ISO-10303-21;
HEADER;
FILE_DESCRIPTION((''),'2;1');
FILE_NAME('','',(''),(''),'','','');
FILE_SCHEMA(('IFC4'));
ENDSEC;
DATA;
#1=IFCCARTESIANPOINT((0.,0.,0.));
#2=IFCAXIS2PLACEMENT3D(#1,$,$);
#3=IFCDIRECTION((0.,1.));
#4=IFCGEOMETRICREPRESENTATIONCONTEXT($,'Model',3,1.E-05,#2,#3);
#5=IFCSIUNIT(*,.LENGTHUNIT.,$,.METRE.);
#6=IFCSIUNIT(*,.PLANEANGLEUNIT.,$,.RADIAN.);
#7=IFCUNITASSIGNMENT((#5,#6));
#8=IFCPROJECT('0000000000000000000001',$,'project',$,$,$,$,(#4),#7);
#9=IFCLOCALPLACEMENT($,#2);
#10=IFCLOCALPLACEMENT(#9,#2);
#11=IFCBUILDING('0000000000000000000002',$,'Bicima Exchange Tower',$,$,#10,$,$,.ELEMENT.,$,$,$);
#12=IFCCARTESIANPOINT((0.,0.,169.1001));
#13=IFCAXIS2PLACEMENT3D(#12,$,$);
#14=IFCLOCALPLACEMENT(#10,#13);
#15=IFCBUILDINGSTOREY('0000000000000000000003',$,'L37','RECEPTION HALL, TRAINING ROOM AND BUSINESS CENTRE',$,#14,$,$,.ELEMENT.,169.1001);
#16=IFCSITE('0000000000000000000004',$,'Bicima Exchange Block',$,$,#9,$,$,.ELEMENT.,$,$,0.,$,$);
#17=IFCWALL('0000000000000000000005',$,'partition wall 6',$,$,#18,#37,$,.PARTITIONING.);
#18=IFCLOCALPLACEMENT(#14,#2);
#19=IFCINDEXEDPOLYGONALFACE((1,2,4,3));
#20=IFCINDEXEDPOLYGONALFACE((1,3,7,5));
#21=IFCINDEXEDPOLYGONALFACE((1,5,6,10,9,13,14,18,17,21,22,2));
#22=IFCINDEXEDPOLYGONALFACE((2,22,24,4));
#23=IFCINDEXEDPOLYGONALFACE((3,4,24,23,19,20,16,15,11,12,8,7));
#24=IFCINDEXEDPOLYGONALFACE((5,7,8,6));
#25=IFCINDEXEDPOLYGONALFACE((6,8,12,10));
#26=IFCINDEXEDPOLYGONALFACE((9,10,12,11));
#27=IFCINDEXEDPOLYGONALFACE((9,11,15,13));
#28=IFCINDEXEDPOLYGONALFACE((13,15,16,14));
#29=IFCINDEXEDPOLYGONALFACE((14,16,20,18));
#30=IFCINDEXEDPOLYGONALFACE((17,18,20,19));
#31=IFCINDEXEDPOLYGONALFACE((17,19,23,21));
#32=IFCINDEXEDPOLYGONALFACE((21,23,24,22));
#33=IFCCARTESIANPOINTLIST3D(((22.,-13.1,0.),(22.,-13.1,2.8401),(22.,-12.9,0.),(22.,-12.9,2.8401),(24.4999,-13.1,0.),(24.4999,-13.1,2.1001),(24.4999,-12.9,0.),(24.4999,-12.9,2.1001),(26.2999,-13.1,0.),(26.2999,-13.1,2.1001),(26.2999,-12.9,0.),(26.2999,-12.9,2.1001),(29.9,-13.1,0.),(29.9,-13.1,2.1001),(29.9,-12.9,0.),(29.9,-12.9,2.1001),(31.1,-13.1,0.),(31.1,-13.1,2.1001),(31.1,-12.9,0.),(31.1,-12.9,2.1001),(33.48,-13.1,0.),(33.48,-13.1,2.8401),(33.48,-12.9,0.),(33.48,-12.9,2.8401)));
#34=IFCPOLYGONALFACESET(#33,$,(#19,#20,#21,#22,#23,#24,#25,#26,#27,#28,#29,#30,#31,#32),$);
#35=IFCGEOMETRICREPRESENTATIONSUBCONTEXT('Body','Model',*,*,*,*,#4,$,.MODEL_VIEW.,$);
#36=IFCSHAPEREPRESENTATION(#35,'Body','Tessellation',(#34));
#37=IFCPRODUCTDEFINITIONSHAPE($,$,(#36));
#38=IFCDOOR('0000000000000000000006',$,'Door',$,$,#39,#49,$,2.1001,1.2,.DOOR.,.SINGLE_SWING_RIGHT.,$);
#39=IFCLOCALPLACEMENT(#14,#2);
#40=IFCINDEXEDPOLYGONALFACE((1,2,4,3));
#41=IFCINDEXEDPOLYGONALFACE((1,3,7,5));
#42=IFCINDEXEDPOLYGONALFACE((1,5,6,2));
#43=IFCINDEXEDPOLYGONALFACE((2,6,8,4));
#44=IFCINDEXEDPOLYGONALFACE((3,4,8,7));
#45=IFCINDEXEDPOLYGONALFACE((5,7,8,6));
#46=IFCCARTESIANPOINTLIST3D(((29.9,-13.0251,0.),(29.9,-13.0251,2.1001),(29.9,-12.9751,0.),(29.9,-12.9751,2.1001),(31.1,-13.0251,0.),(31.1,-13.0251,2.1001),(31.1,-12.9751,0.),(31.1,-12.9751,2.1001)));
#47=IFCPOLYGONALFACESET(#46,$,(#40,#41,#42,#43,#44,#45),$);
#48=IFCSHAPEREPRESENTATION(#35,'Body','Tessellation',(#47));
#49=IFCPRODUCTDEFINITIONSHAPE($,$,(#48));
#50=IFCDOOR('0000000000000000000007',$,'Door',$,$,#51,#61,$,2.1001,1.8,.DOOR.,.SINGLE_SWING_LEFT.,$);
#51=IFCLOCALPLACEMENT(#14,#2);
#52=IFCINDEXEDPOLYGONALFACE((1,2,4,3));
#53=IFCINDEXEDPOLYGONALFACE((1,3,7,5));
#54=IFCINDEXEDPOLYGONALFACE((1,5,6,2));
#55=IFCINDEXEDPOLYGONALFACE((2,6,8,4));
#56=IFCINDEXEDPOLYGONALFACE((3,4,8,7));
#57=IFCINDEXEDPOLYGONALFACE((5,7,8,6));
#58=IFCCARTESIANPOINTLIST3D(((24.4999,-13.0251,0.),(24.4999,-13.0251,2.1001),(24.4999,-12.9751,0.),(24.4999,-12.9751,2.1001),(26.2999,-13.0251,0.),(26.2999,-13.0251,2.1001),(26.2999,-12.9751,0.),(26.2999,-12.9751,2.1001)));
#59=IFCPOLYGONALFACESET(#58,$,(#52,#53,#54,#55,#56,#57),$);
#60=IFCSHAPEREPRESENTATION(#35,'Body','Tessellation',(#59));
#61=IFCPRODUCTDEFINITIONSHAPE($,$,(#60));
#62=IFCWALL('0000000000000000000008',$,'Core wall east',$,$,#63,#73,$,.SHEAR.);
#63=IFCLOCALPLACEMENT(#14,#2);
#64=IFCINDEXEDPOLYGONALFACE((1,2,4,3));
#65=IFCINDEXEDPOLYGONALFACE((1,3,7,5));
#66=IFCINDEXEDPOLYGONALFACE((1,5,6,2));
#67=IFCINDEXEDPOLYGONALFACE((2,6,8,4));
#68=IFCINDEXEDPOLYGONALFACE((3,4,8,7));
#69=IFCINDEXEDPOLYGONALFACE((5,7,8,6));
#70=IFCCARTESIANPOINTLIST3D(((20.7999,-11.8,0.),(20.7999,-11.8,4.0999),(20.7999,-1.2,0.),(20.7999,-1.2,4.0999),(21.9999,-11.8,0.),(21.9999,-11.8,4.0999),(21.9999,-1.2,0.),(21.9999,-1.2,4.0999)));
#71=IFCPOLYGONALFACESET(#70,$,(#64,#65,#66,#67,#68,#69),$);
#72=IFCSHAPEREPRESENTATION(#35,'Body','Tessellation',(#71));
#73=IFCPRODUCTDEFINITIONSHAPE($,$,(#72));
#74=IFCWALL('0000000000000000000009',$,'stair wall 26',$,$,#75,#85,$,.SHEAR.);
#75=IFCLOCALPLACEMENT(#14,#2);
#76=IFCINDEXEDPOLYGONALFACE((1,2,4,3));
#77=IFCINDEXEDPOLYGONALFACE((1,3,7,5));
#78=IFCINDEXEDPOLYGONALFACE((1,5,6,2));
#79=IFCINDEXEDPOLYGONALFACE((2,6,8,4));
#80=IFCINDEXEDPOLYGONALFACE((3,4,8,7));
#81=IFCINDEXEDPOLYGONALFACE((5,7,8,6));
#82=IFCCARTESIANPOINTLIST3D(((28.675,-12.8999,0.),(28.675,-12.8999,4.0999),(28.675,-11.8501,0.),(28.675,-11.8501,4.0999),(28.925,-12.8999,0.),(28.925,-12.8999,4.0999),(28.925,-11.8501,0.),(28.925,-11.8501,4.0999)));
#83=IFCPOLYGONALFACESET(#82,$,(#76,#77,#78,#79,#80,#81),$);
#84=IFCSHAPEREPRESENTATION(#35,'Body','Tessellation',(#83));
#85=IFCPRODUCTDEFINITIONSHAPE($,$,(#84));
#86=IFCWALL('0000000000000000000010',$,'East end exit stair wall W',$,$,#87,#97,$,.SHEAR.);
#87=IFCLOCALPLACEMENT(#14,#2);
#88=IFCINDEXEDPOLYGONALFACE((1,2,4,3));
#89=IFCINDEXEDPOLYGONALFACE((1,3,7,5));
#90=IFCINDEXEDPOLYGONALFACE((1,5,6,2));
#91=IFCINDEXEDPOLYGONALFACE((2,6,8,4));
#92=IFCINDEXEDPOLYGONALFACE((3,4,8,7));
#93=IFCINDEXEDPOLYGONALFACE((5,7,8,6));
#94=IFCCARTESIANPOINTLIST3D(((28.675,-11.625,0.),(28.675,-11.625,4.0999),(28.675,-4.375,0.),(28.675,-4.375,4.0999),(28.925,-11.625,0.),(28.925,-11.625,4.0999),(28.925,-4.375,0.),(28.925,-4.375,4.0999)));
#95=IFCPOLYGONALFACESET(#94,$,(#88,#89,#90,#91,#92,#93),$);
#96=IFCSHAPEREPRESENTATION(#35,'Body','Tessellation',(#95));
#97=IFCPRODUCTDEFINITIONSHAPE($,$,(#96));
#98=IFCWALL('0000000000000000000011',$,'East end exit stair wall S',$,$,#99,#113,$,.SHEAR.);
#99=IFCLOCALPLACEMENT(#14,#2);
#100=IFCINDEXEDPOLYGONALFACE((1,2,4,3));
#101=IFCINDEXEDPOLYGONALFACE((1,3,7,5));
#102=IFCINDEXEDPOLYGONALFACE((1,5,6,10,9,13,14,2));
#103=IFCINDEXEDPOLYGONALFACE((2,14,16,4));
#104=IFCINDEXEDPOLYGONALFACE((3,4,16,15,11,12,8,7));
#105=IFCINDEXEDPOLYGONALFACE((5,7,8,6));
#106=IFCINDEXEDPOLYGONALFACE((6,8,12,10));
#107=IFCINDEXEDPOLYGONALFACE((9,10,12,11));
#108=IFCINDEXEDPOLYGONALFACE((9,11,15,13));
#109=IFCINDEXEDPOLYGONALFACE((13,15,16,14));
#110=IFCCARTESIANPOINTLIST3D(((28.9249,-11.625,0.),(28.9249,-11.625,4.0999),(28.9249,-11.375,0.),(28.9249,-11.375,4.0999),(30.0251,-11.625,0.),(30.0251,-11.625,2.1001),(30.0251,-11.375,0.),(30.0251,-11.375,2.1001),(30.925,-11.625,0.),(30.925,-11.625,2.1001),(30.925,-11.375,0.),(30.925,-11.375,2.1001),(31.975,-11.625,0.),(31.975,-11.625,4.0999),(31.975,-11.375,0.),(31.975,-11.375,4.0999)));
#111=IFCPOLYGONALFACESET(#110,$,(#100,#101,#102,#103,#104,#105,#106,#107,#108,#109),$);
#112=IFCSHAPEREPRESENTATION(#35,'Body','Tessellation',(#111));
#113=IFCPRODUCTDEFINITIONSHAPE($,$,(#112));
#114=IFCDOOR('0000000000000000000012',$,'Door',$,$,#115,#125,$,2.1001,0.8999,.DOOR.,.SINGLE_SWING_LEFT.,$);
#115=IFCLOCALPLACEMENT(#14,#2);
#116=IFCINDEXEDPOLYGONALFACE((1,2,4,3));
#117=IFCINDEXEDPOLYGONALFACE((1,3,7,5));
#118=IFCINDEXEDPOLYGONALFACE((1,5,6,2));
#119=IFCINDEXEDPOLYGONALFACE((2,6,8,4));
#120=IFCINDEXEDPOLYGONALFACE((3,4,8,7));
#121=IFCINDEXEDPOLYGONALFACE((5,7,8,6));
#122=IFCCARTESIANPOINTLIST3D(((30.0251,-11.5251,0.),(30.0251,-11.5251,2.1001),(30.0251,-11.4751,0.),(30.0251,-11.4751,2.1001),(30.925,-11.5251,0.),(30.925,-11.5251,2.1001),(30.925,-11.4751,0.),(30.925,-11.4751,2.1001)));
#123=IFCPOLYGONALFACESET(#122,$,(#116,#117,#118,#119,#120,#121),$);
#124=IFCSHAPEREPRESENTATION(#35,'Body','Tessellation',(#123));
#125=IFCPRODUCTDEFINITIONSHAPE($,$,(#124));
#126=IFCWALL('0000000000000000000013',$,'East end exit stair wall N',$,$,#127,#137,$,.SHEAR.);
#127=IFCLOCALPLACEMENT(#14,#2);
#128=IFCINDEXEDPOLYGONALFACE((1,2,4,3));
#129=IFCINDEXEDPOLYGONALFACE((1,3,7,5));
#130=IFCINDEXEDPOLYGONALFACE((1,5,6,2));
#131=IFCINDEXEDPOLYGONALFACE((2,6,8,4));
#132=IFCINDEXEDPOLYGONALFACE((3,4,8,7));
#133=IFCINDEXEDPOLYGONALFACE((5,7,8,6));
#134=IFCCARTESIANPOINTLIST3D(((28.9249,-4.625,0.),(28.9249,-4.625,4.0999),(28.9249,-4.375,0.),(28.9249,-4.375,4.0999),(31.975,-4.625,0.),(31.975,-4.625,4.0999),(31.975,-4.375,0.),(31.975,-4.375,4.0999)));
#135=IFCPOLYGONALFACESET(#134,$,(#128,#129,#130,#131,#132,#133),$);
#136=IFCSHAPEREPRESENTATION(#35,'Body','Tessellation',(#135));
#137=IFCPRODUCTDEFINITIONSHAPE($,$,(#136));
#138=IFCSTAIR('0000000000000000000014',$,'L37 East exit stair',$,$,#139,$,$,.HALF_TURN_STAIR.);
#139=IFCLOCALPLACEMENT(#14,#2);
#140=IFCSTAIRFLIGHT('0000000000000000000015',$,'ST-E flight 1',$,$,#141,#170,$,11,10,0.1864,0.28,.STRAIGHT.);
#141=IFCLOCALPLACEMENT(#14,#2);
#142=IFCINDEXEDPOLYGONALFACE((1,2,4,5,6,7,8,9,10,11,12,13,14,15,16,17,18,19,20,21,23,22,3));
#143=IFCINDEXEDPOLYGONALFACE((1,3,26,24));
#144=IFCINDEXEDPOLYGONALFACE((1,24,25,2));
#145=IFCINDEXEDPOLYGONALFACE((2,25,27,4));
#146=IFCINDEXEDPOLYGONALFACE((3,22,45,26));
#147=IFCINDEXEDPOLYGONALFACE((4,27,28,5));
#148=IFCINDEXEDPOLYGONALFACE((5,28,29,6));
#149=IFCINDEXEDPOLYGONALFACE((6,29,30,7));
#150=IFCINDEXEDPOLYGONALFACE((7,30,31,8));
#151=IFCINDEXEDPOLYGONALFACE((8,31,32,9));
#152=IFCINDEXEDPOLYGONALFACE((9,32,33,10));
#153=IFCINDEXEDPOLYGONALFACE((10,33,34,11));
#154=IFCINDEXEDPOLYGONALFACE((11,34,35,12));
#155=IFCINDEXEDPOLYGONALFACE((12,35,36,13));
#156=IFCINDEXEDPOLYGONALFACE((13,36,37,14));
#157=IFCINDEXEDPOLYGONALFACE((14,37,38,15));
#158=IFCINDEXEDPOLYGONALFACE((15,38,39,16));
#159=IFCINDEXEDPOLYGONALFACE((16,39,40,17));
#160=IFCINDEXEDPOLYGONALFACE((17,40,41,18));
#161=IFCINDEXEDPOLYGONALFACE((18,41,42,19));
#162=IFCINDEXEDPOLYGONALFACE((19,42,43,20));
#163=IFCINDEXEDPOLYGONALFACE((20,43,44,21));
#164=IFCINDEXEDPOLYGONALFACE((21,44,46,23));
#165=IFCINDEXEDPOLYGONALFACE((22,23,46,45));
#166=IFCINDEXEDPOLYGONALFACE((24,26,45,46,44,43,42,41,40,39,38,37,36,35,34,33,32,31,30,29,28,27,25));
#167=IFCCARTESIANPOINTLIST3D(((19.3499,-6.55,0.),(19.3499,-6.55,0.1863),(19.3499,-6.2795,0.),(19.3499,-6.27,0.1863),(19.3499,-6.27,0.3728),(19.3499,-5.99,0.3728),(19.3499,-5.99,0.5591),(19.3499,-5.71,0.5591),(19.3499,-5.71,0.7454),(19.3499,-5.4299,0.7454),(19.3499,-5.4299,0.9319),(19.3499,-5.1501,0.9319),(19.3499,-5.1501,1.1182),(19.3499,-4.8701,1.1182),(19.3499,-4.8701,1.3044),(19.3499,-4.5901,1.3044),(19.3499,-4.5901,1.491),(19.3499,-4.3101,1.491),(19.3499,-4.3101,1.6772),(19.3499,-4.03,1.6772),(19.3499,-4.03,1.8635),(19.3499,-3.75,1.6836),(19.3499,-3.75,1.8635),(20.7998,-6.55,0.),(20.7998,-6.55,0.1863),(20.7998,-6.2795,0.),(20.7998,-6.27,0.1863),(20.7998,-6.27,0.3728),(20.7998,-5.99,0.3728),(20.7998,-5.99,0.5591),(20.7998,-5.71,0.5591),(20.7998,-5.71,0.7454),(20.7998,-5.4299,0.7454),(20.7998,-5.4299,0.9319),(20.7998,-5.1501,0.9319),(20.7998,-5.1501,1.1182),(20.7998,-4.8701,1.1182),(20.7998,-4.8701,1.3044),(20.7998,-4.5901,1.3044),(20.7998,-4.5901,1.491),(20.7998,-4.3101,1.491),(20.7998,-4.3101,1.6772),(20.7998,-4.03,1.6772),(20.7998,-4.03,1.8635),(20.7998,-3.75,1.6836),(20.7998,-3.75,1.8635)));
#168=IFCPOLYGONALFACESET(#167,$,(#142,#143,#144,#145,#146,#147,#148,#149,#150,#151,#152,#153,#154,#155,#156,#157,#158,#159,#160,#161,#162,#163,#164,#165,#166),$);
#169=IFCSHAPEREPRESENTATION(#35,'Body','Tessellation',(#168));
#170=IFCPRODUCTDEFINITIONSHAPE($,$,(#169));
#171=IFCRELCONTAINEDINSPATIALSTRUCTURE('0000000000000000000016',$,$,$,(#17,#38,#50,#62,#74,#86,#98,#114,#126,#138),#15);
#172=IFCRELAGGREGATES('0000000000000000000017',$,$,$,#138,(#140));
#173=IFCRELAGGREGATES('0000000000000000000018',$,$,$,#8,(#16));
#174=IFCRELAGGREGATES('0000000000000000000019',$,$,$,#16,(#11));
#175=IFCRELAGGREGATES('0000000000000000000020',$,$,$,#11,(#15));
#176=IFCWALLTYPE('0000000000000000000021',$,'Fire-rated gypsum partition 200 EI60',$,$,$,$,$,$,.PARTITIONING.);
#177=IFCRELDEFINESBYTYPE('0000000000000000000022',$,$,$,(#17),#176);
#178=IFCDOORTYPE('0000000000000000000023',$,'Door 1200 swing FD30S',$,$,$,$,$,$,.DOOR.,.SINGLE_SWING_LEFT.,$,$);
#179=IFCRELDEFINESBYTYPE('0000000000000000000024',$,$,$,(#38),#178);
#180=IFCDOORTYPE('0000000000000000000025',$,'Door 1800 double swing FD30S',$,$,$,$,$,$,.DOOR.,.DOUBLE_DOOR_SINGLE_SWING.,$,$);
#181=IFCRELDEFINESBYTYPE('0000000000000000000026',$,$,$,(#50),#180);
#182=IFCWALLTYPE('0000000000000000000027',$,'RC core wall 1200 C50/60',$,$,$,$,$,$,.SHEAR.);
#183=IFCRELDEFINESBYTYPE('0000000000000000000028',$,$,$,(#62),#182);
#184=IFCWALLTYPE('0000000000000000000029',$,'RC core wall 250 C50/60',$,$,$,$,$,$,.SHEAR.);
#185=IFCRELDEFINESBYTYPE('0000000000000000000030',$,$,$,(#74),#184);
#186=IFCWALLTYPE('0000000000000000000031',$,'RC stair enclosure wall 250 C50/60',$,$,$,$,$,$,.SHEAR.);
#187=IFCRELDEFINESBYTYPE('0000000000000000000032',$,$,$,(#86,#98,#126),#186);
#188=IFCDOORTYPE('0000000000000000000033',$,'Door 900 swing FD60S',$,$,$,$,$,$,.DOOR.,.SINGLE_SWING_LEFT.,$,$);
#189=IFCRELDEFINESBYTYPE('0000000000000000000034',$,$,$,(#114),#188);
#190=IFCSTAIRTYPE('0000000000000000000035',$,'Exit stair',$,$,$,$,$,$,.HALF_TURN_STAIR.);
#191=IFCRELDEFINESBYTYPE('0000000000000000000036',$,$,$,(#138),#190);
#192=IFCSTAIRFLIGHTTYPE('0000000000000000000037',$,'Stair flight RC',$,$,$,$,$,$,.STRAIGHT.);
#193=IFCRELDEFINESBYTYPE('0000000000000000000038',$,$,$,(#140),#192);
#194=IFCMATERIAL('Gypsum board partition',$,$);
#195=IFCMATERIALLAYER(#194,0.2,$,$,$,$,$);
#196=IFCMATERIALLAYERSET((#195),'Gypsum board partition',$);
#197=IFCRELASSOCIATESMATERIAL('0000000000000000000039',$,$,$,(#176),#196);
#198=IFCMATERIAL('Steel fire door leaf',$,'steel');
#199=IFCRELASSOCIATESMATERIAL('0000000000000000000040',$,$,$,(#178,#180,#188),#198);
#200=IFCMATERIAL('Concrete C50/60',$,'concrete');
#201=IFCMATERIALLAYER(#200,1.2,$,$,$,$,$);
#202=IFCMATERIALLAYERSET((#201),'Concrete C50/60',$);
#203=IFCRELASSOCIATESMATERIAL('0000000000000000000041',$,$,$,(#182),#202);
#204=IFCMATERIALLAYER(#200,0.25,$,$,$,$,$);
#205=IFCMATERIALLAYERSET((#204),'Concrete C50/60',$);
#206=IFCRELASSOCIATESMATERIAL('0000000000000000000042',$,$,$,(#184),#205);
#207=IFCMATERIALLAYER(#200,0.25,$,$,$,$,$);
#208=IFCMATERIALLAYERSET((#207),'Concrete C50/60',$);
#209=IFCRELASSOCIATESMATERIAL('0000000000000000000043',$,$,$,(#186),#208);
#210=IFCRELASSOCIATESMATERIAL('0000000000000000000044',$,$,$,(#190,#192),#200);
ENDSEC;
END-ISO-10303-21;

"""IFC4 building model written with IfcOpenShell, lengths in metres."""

from ifc_helpers import new_model, si_unit, direction, frame, frame_2d, origin, place, context, subcontext, project, spatial, polyline, rectangle, outline, extrude, material, layer, layer_set, type_object, element, fill, aggregate, save


model = new_model("IFC4")

# Units and contexts
model_context = context("Model", 3, precision=1e-05, world=origin(), true_north=direction((0.0, 1.0)))
body_context = subcontext(model_context, "Body", "Model", "MODEL_VIEW")
ifc_project = project(units=[si_unit("LENGTHUNIT", "METRE"), si_unit("PLANEANGLEUNIT", "RADIAN")], contexts=[model_context])

# Site, building, storey
site_placement = place(None, origin())
site = spatial("IfcSite", under=ifc_project, at=site_placement, Name="Bicima Exchange Block", CompositionType="ELEMENT", RefElevation=0.0)
building_placement = place(site_placement, origin())
building = spatial("IfcBuilding", under=site, at=building_placement, Name="Bicima Exchange Tower", CompositionType="ELEMENT")
storey_placement = place(building_placement, frame((0.0, 0.0, 169.1001)))
storey = spatial("IfcBuildingStorey", under=building, at=storey_placement, Name="L37", Description="RECEPTION HALL, TRAINING ROOM AND BUSINESS CENTRE", CompositionType="ELEMENT", Elevation=169.1001)

# Wall, openings, doors
ifc_material_1 = material(Name="Gypsum board partition")
ifc_layer_1 = layer(ifc_material_1, 0.2)
ifc_layer_set_1 = layer_set([ifc_layer_1], Name="Gypsum board partition")
wall_type_1 = type_object("IfcWallType", Name="Fire-rated gypsum partition 200 EI60", PredefinedType="PARTITIONING", material=ifc_layer_set_1)
wall_1_placement = place(storey_placement, frame((22.0, -13.0, 0.0), z_axis=(0.0, 0.0, 1.0), x_axis=(1.0, 0.0, 0.0)))
wall_1 = element("IfcWall", 1, at=wall_1_placement, inside=storey, type_object=wall_type_1, Name="partition wall 6", PredefinedType="PARTITIONING", context=body_context, shape_type="SweptSolid", body=[
    extrude(rectangle(XDim=11.48, YDim=0.2, at=frame_2d((5.74, 0.0))), origin(), (0.0, 0.0, 1.0), 2.8401),
])
opening_1_placement = place(wall_1_placement, frame((7.8999, 0.0, 0.0)))
opening_1 = element("IfcOpeningElement", 2, at=opening_1_placement, cuts=wall_1, PredefinedType="OPENING", context=body_context, shape_type="SweptSolid", body=[
    extrude(rectangle(XDim=1.2, YDim=2.1001, at=frame_2d((0.6001, 1.05))), frame((0.0, 0.1118, 0.0), z_axis=(0.0, -1.0, 0.0), x_axis=(1.0, 0.0, 0.0)), (0.0, 0.0, 1.0), 0.2239),
])
opening_2_placement = place(wall_1_placement, frame((2.5, 0.0, 0.0)))
opening_2 = element("IfcOpeningElement", 3, at=opening_2_placement, cuts=wall_1, PredefinedType="OPENING", context=body_context, shape_type="SweptSolid", body=[
    extrude(rectangle(XDim=1.8, YDim=2.1001, at=frame_2d((0.8999, 1.05))), frame((0.0, 0.1118, 0.0), z_axis=(0.0, -1.0, 0.0), x_axis=(1.0, 0.0, 0.0)), (0.0, 0.0, 1.0), 0.2239),
])
ifc_material_2 = material(Name="Steel fire door leaf", Category="steel")
door_type_1 = type_object("IfcDoorType", Name="Door 1200 swing FD30S", OperationType="SINGLE_SWING_LEFT", PredefinedType="DOOR", material=ifc_material_2)
door_1_placement = place(opening_1_placement, origin())
door_1 = element("IfcDoor", 4, at=door_1_placement, inside=storey, type_object=door_type_1, Name="Door", OperationType="SINGLE_SWING_RIGHT", OverallHeight=2.1001, OverallWidth=1.2, PredefinedType="DOOR", context=body_context, shape_type="SweptSolid", body=[
    extrude(rectangle(XDim=1.2, YDim=2.1001, at=frame_2d((0.6001, 1.05))), frame((0.0, 0.0249, 0.0), z_axis=(0.0, -1.0, 0.0), x_axis=(1.0, 0.0, 0.0)), (0.0, 0.0, 1.0), 0.05),
])
fill(opening_1, door_1)
door_type_2 = type_object("IfcDoorType", Name="Door 1800 double swing FD30S", OperationType="DOUBLE_DOOR_SINGLE_SWING", PredefinedType="DOOR", material=ifc_material_2)
door_2_placement = place(opening_2_placement, origin())
door_2 = element("IfcDoor", 5, at=door_2_placement, inside=storey, type_object=door_type_2, Name="Door", OperationType="SINGLE_SWING_LEFT", OverallHeight=2.1001, OverallWidth=1.8, PredefinedType="DOOR", context=body_context, shape_type="SweptSolid", body=[
    extrude(rectangle(XDim=1.8, YDim=2.1001, at=frame_2d((0.8999, 1.05))), frame((0.0, 0.0249, 0.0), z_axis=(0.0, -1.0, 0.0), x_axis=(1.0, 0.0, 0.0)), (0.0, 0.0, 1.0), 0.05),
])
fill(opening_2, door_2)

# Walls
ifc_material_3 = material(Name="Concrete C50/60", Category="concrete")
ifc_layer_2 = layer(ifc_material_3, 1.2)
ifc_layer_set_2 = layer_set([ifc_layer_2], Name="Concrete C50/60")
wall_type_2 = type_object("IfcWallType", Name="RC core wall 1200 C50/60", PredefinedType="SHEAR", material=ifc_layer_set_2)
wall_2_placement = place(storey_placement, frame((21.3999, -11.8, 0.0), z_axis=(0.0, 0.0, 1.0), x_axis=(0.0, 1.0, 0.0)))
element("IfcWall", 6, at=wall_2_placement, inside=storey, type_object=wall_type_2, Name="Core wall east", PredefinedType="SHEAR", context=body_context, shape_type="SweptSolid", body=[
    extrude(rectangle(XDim=10.6001, YDim=1.2, at=frame_2d((5.3, 0.0))), origin(), (0.0, 0.0, 1.0), 4.0999),
])
ifc_layer_3 = layer(ifc_material_3, 0.25)
ifc_layer_set_3 = layer_set([ifc_layer_3], Name="Concrete C50/60")
wall_type_3 = type_object("IfcWallType", Name="RC core wall 250 C50/60", PredefinedType="SHEAR", material=ifc_layer_set_3)
wall_3_placement = place(storey_placement, frame((28.8, -12.8999, 0.0), z_axis=(0.0, 0.0, 1.0), x_axis=(0.0, 1.0, 0.0)))
element("IfcWall", 7, at=wall_3_placement, inside=storey, type_object=wall_type_3, Name="stair wall 26", PredefinedType="SHEAR", context=body_context, shape_type="SweptSolid", body=[
    extrude(rectangle(XDim=1.0498, YDim=0.25, at=frame_2d((0.5249, 0.0))), origin(), (0.0, 0.0, 1.0), 4.0999),
])
ifc_layer_4 = layer(ifc_material_3, 0.25)
ifc_layer_set_4 = layer_set([ifc_layer_4], Name="Concrete C50/60")
wall_type_4 = type_object("IfcWallType", Name="RC stair enclosure wall 250 C50/60", PredefinedType="SHEAR", material=ifc_layer_set_4)
wall_4_placement = place(storey_placement, frame((28.8, -11.625, 0.0), z_axis=(0.0, 0.0, 1.0), x_axis=(0.0, 1.0, 0.0)))
element("IfcWall", 8, at=wall_4_placement, inside=storey, type_object=wall_type_4, Name="East end exit stair wall W", PredefinedType="SHEAR", context=body_context, shape_type="SweptSolid", body=[
    extrude(rectangle(XDim=7.25, YDim=0.25, at=frame_2d((3.625, 0.0))), origin(), (0.0, 0.0, 1.0), 4.0999),
])

# Wall, opening, door
wall_5_placement = place(storey_placement, frame((28.925, -11.5, 0.0), z_axis=(0.0, 0.0, 1.0), x_axis=(1.0, 0.0, 0.0)))
wall_5 = element("IfcWall", 9, at=wall_5_placement, inside=storey, type_object=wall_type_4, Name="East end exit stair wall S", PredefinedType="SHEAR", context=body_context, shape_type="SweptSolid", body=[
    extrude(rectangle(XDim=3.05, YDim=0.25, at=frame_2d((1.5249, 0.0))), origin(), (0.0, 0.0, 1.0), 4.0999),
])
opening_3_placement = place(wall_5_placement, frame((1.1001, 0.0, 0.0)))
opening_3 = element("IfcOpeningElement", 10, at=opening_3_placement, cuts=wall_5, PredefinedType="OPENING", context=body_context, shape_type="SweptSolid", body=[
    extrude(rectangle(XDim=0.8999, YDim=2.1001, at=frame_2d((0.45, 1.05))), frame((0.0, 0.137, 0.0), z_axis=(0.0, -1.0, 0.0), x_axis=(1.0, 0.0, 0.0)), (0.0, 0.0, 1.0), 0.2739),
])
door_type_3 = type_object("IfcDoorType", Name="Door 900 swing FD60S", OperationType="SINGLE_SWING_LEFT", PredefinedType="DOOR", material=ifc_material_2)
door_3_placement = place(opening_3_placement, origin())
door_3 = element("IfcDoor", 11, at=door_3_placement, inside=storey, type_object=door_type_3, Name="Door", OperationType="SINGLE_SWING_LEFT", OverallHeight=2.1001, OverallWidth=0.8999, PredefinedType="DOOR", context=body_context, shape_type="SweptSolid", body=[
    extrude(rectangle(XDim=0.8999, YDim=2.1001, at=frame_2d((0.45, 1.05))), frame((0.0, 0.0249, 0.0), z_axis=(0.0, -1.0, 0.0), x_axis=(1.0, 0.0, 0.0)), (0.0, 0.0, 1.0), 0.05),
])
fill(opening_3, door_3)

# Wall
wall_6_placement = place(storey_placement, frame((28.925, -4.5, 0.0), z_axis=(0.0, 0.0, 1.0), x_axis=(1.0, 0.0, 0.0)))
element("IfcWall", 12, at=wall_6_placement, inside=storey, type_object=wall_type_4, Name="East end exit stair wall N", PredefinedType="SHEAR", context=body_context, shape_type="SweptSolid", body=[
    extrude(rectangle(XDim=3.05, YDim=0.25, at=frame_2d((1.5249, 0.0))), origin(), (0.0, 0.0, 1.0), 4.0999),
])

# Stair, stair flight
stair_type = type_object("IfcStairType", Name="Exit stair", PredefinedType="HALF_TURN_STAIR", material=ifc_material_3)
stair_1_placement = place(storey_placement, origin())
stair_1 = element("IfcStair", 13, at=stair_1_placement, inside=storey, type_object=stair_type, Name="L37 East exit stair", PredefinedType="HALF_TURN_STAIR")
stair_flight_type = type_object("IfcStairFlightType", Name="Stair flight RC", PredefinedType="STRAIGHT", material=ifc_material_3)
stair_flight_1_placement = place(storey_placement, frame((20.075, -6.55, 0.0), z_axis=(0.0, 0.0, 1.0), x_axis=(0.0, 1.0, 0.0)))
stair_flight_1 = element("IfcStairFlight", 14, at=stair_flight_1_placement, type_object=stair_flight_type, Name="ST-E flight 1", NumberOfRisers=11, NumberOfTreads=10, PredefinedType="STRAIGHT", RiserHeight=0.1864, TreadLength=0.28, context=body_context, shape_type="SweptSolid", body=[
    extrude(outline(polyline([(0.0, 0.0), (0.0, 0.1863), (0.28, 0.1863), (0.28, 0.3728), (0.5601, 0.3728), (0.5601, 0.5591), (0.8401, 0.5591), (0.8401, 0.7454), (1.1201, 0.7454), (1.1201, 0.9319), (1.3999, 0.9319), (1.3999, 1.1182), (1.6799, 1.1182), (1.6799, 1.3044), (1.96, 1.3044), (1.96, 1.491), (2.24, 1.491), (2.24, 1.6772), (2.52, 1.6772), (2.52, 1.8635), (2.8, 1.8635), (2.8, 2.05), (2.8, 1.6836), (0.2705, 0.0), (0.0, 0.0)])), frame((0.0, 0.7251, 0.0), z_axis=(0.0, -1.0, 0.0), x_axis=(1.0, 0.0, 0.0)), (0.0, 0.0, 1.0), 1.45),
])
aggregate(stair_1, [stair_flight_1])

save(model, "model.ifc")
